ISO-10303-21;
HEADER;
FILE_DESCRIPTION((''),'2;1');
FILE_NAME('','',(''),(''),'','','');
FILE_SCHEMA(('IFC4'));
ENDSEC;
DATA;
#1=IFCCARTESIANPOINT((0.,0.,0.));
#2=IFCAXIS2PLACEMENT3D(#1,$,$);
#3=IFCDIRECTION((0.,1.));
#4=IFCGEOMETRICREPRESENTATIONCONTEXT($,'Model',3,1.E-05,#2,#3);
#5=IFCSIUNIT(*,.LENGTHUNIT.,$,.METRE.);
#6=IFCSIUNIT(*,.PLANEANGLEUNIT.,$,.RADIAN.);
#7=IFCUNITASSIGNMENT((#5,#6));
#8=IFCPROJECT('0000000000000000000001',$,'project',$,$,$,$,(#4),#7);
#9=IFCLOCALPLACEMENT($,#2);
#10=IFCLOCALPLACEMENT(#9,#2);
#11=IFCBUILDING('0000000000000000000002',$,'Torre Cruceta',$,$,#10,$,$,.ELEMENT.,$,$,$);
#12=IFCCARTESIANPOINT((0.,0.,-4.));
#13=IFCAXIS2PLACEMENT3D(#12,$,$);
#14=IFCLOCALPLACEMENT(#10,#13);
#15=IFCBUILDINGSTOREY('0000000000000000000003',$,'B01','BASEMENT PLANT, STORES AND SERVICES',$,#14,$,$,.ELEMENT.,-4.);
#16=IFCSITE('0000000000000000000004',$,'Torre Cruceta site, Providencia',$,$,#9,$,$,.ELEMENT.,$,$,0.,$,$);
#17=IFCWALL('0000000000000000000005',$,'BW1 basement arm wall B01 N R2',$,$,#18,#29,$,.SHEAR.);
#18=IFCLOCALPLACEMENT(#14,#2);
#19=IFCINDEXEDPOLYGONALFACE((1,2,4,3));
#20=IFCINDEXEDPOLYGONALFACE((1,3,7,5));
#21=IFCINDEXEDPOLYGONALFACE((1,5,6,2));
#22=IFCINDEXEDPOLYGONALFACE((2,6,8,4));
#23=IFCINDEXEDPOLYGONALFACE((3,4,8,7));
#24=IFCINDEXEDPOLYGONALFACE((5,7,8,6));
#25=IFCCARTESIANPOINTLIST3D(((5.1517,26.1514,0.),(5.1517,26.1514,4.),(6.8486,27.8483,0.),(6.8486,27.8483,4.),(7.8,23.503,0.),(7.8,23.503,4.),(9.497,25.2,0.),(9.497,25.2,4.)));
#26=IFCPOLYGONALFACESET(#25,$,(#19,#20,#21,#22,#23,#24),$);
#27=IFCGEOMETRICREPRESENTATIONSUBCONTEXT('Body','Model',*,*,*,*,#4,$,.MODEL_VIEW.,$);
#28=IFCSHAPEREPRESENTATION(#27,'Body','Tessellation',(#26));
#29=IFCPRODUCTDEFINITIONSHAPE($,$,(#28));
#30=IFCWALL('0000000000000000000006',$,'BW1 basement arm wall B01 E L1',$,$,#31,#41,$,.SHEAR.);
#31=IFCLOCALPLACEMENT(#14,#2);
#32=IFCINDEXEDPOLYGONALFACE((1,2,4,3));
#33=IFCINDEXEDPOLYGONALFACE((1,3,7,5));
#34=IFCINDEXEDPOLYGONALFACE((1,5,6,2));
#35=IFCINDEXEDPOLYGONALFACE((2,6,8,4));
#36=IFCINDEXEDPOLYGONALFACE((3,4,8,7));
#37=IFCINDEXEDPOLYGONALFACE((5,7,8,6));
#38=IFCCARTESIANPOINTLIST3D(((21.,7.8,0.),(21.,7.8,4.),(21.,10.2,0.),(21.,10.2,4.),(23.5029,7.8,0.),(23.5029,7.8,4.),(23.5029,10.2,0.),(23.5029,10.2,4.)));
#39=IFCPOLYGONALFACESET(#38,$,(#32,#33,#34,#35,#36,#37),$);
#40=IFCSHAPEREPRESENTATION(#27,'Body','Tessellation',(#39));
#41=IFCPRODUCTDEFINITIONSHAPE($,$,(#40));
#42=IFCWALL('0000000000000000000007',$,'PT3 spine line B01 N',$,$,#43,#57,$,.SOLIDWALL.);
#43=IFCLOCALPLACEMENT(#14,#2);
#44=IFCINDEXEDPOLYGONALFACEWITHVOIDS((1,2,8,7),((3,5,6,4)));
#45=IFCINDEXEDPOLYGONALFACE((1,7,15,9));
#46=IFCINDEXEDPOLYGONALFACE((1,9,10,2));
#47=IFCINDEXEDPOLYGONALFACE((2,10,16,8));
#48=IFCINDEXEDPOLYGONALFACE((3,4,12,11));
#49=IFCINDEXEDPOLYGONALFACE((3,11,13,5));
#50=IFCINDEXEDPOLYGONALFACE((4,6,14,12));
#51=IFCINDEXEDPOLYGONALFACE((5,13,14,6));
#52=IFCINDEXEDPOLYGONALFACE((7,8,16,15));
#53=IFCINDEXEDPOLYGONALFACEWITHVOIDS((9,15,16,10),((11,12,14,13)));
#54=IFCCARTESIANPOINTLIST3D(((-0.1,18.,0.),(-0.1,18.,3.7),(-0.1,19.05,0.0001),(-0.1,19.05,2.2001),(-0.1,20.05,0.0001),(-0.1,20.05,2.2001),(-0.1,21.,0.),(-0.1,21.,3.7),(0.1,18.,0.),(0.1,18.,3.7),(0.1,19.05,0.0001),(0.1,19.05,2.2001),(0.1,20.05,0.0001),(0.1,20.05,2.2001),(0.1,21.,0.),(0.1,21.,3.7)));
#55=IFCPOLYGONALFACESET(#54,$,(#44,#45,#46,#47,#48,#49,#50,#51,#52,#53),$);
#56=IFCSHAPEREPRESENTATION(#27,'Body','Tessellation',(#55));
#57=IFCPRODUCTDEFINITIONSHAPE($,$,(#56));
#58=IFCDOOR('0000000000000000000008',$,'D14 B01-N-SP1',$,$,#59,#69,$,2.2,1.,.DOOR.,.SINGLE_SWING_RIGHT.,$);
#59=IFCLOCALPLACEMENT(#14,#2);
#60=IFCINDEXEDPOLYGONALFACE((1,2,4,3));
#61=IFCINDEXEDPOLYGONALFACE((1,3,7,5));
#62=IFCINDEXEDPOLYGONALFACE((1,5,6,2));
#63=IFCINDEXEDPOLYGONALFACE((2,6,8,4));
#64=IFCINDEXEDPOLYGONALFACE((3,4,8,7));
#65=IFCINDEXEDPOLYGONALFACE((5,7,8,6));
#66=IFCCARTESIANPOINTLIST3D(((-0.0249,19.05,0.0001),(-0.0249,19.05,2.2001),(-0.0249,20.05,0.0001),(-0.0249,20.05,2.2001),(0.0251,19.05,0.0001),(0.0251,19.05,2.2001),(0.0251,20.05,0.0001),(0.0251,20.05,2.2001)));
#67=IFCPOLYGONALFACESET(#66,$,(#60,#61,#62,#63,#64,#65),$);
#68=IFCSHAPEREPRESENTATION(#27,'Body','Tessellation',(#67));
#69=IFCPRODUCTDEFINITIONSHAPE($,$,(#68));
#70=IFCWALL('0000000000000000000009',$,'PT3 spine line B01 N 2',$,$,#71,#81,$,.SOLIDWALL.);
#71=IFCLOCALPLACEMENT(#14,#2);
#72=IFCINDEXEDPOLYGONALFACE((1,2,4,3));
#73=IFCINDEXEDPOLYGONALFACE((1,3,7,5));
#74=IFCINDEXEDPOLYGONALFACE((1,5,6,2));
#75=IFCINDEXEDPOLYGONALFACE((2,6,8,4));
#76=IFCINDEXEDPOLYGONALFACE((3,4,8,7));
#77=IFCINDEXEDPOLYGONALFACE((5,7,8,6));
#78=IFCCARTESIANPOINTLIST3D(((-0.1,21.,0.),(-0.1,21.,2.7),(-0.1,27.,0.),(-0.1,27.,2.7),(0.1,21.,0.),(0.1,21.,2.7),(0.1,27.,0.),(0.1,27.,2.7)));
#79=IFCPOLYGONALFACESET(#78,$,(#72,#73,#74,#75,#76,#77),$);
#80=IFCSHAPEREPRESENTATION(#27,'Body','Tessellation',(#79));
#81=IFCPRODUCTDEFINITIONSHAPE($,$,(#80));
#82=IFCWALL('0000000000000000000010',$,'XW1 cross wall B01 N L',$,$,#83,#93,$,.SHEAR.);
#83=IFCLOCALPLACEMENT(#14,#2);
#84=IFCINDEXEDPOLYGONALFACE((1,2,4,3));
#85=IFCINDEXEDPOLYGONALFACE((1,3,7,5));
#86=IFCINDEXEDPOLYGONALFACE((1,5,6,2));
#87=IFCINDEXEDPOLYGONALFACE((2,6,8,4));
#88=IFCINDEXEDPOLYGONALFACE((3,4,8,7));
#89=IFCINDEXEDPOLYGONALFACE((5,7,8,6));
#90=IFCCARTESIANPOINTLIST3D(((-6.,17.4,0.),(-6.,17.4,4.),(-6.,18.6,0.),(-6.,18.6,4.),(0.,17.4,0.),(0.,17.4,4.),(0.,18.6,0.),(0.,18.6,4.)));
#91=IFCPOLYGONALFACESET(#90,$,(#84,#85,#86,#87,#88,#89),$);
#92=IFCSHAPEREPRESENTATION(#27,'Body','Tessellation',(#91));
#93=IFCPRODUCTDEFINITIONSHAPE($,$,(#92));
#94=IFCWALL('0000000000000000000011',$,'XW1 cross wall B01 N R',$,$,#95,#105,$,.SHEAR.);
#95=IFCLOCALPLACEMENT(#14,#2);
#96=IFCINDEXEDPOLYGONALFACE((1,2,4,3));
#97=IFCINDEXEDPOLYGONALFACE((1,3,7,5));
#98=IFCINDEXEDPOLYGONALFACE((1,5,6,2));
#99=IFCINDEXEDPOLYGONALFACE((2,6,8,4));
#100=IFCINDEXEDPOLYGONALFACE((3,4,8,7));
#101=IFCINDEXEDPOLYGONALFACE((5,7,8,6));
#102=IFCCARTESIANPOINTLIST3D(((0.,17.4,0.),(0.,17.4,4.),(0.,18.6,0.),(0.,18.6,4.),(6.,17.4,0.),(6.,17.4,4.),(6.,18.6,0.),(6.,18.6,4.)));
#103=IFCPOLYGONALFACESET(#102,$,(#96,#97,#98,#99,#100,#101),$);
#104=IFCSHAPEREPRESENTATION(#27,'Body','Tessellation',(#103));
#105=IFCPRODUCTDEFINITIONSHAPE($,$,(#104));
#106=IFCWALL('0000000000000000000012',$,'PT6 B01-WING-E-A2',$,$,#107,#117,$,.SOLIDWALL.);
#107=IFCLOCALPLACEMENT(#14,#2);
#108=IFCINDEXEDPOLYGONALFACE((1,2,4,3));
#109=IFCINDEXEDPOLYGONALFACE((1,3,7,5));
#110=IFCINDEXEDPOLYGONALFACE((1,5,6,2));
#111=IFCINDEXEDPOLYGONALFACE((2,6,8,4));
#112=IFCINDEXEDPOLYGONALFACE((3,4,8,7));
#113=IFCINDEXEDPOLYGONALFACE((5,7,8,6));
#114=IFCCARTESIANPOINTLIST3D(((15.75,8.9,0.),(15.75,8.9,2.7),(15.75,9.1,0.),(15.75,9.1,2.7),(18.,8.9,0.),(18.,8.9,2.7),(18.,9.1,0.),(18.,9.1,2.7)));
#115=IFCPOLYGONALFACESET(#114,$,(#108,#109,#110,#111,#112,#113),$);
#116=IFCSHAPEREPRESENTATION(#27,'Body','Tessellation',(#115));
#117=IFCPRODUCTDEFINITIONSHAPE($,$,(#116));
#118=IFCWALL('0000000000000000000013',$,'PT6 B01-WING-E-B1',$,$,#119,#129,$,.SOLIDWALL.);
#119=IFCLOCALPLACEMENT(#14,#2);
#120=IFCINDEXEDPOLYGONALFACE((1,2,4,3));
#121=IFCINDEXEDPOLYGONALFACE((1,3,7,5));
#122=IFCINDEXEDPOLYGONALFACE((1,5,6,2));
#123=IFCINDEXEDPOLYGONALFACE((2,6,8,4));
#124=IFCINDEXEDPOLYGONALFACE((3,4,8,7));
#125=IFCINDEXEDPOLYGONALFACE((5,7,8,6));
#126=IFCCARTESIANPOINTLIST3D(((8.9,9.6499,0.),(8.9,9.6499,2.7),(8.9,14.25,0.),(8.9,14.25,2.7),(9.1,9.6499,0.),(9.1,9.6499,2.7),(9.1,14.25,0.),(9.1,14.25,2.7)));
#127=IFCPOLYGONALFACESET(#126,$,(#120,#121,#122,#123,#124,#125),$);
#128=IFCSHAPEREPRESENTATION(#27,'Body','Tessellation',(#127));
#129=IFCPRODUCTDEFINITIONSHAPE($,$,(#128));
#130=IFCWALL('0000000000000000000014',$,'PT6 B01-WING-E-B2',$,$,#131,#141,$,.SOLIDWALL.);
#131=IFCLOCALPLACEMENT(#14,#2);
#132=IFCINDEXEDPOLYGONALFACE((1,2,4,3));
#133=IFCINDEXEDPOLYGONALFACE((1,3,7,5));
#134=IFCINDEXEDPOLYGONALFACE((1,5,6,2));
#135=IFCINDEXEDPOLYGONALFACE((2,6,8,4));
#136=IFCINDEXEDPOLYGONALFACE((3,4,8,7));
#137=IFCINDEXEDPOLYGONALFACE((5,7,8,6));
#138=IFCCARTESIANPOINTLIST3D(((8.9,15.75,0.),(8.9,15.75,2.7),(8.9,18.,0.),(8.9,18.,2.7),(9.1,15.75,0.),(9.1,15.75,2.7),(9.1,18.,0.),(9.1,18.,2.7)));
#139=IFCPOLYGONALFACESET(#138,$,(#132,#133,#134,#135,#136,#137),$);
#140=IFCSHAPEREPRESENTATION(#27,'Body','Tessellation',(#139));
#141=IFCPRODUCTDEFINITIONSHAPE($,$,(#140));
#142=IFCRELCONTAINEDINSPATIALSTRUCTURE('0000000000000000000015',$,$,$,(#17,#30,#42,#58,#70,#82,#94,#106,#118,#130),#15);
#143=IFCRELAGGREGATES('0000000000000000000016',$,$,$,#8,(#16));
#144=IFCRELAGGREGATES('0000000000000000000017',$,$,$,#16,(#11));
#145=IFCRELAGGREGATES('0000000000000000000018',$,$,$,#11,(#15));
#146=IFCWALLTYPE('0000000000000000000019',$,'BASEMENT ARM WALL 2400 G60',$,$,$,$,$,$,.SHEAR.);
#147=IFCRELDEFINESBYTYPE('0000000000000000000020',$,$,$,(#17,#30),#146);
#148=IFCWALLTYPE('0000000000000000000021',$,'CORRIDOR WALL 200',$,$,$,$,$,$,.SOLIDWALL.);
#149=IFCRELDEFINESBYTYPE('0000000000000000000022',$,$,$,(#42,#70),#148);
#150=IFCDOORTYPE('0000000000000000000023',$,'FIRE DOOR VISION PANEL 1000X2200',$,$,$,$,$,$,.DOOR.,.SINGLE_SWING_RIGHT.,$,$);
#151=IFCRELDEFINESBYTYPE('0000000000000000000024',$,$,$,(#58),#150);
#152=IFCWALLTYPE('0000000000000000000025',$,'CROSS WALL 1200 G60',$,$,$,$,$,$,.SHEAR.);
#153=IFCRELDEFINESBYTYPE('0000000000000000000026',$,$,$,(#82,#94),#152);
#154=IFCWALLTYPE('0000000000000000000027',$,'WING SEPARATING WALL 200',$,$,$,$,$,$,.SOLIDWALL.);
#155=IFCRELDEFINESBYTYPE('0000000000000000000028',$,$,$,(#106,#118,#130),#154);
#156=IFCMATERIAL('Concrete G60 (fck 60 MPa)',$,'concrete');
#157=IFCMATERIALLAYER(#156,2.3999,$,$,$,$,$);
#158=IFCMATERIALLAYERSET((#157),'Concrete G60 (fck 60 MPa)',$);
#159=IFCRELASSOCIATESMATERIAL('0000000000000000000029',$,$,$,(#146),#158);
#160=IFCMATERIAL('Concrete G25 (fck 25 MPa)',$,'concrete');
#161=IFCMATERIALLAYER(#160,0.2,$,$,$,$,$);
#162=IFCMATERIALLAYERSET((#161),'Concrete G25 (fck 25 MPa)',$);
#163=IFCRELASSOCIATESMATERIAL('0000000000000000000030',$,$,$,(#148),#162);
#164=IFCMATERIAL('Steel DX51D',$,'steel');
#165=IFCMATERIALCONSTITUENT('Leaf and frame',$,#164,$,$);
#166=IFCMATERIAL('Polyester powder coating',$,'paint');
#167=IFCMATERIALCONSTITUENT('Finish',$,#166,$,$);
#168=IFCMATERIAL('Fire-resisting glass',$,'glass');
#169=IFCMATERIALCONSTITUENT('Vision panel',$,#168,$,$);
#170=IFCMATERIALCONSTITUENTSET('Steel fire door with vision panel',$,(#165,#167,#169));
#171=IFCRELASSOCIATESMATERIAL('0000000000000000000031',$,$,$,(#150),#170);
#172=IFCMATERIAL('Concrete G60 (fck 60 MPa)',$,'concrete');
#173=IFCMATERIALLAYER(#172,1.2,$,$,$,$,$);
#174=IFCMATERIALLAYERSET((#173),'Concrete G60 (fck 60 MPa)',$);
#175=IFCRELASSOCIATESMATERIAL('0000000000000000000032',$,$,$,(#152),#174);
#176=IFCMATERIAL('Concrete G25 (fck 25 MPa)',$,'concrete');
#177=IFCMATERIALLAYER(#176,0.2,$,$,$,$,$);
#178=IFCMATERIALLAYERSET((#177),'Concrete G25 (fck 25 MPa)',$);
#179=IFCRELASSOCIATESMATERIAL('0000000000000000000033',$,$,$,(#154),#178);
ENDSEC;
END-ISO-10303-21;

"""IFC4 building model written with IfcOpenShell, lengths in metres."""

from ifc_helpers import new_model, si_unit, direction, frame, frame_2d, origin, place, context, subcontext, project, spatial, rectangle, extrude, material, layer, layer_set, constituent, constituent_set, type_object, element, fill, save


model = new_model("IFC4")

# Units and contexts
model_context = context("Model", 3, precision=1e-05, world=origin(), true_north=direction((0.0, 1.0)))
body_context = subcontext(model_context, "Body", "Model", "MODEL_VIEW")
ifc_project = project(units=[si_unit("LENGTHUNIT", "METRE"), si_unit("PLANEANGLEUNIT", "RADIAN")], contexts=[model_context])

# Site, building, storey
site_placement = place(None, origin())
site = spatial("IfcSite", under=ifc_project, at=site_placement, Name="Torre Cruceta site, Providencia", CompositionType="ELEMENT", RefElevation=0.0)
building_placement = place(site_placement, origin())
building = spatial("IfcBuilding", under=site, at=building_placement, Name="Torre Cruceta", CompositionType="ELEMENT")
storey_placement = place(building_placement, frame((0.0, 0.0, -4.0)))
storey = spatial("IfcBuildingStorey", under=building, at=storey_placement, Name="B01", Description="BASEMENT PLANT, STORES AND SERVICES", CompositionType="ELEMENT", Elevation=-4.0)

# Walls
ifc_material_1 = material(Name="Concrete G60 (fck 60 MPa)", Category="concrete")
ifc_layer_1 = layer(ifc_material_1, 2.3999)
ifc_layer_set_1 = layer_set([ifc_layer_1], Name="Concrete G60 (fck 60 MPa)")
wall_type_1 = type_object("IfcWallType", Name="BASEMENT ARM WALL 2400 G60", PredefinedType="SHEAR", material=ifc_layer_set_1)
wall_1_placement = place(storey_placement, frame((8.6484, 24.3516, 0.0), z_axis=(0.0, 0.0, 1.0), x_axis=(-0.707107, 0.707107, 0.0)))
element("IfcWall", 1, at=wall_1_placement, inside=storey, type_object=wall_type_1, Name="BW1 basement arm wall B01 N R2", PredefinedType="SHEAR", context=body_context, shape_type="SweptSolid", body=[
    extrude(rectangle(XDim=3.7454, YDim=2.3999, at=frame_2d((1.8726, 0.0))), origin(), (0.0, 0.0, 1.0), 4.0),
])
wall_2_placement = place(storey_placement, frame((21.0, 9.0, 0.0), z_axis=(0.0, 0.0, 1.0), x_axis=(1.0, 0.0, 0.0)))
element("IfcWall", 2, at=wall_2_placement, inside=storey, type_object=wall_type_1, Name="BW1 basement arm wall B01 E L1", PredefinedType="SHEAR", context=body_context, shape_type="SweptSolid", body=[
    extrude(rectangle(XDim=2.5029, YDim=2.3999, at=frame_2d((1.2515, 0.0))), origin(), (0.0, 0.0, 1.0), 4.0),
])

# Wall, opening, door
ifc_material_2 = material(Name="Concrete G25 (fck 25 MPa)", Category="concrete")
ifc_layer_2 = layer(ifc_material_2, 0.2)
ifc_layer_set_2 = layer_set([ifc_layer_2], Name="Concrete G25 (fck 25 MPa)")
wall_type_2 = type_object("IfcWallType", Name="CORRIDOR WALL 200", PredefinedType="SOLIDWALL", material=ifc_layer_set_2)
wall_3_placement = place(storey_placement, frame((0.0, 18.0, 0.0), z_axis=(0.0, 0.0, 1.0), x_axis=(0.0, 1.0, 0.0)))
wall_3 = element("IfcWall", 3, at=wall_3_placement, inside=storey, type_object=wall_type_2, Name="PT3 spine line B01 N", PredefinedType="SOLIDWALL", context=body_context, shape_type="SweptSolid", body=[
    extrude(rectangle(XDim=3.0, YDim=0.2, at=frame_2d((1.5, 0.0))), origin(), (0.0, 0.0, 1.0), 3.7),
])
opening_placement = place(wall_3_placement, frame((1.05, 0.0, 0.0)))
opening = element("IfcOpeningElement", 4, at=opening_placement, cuts=wall_3, PredefinedType="OPENING", context=body_context, shape_type="SweptSolid", body=[
    extrude(rectangle(XDim=1.0, YDim=2.2, at=frame_2d((0.5, 1.1001))), frame((0.0, 0.1099, 0.0), z_axis=(0.0, -1.0, 0.0), x_axis=(1.0, 0.0, 0.0)), (0.0, 0.0, 1.0), 0.22),
])
ifc_material_3 = material(Name="Steel DX51D", Category="steel")
ifc_constituent_1 = constituent(ifc_material_3, Name="Leaf and frame")
ifc_material_4 = material(Name="Polyester powder coating", Category="paint")
ifc_constituent_2 = constituent(ifc_material_4, Name="Finish")
ifc_material_5 = material(Name="Fire-resisting glass", Category="glass")
ifc_constituent_3 = constituent(ifc_material_5, Name="Vision panel")
ifc_constituent_set = constituent_set(constituents=[ifc_constituent_1, ifc_constituent_2, ifc_constituent_3], Name="Steel fire door with vision panel")
door_type = type_object("IfcDoorType", Name="FIRE DOOR VISION PANEL 1000X2200", OperationType="SINGLE_SWING_RIGHT", PredefinedType="DOOR", material=ifc_constituent_set)
door_placement = place(opening_placement, frame((1.0, 0.0, 0.0), z_axis=(0.0, 0.0, 1.0), x_axis=(-1.0, 0.0, 0.0)))
door = element("IfcDoor", 5, at=door_placement, inside=storey, type_object=door_type, Name="D14 B01-N-SP1", OperationType="SINGLE_SWING_RIGHT", OverallHeight=2.2, OverallWidth=1.0, PredefinedType="DOOR", context=body_context, shape_type="SweptSolid", body=[
    extrude(rectangle(XDim=1.0, YDim=2.2, at=frame_2d((0.5, 1.1001))), frame((0.0, 0.0251, 0.0), z_axis=(0.0, -1.0, 0.0), x_axis=(1.0, 0.0, 0.0)), (0.0, 0.0, 1.0), 0.05),
])
fill(opening, door)

# Walls
wall_4_placement = place(storey_placement, frame((0.0, 21.0, 0.0), z_axis=(0.0, 0.0, 1.0), x_axis=(0.0, 1.0, 0.0)))
element("IfcWall", 6, at=wall_4_placement, inside=storey, type_object=wall_type_2, Name="PT3 spine line B01 N 2", PredefinedType="SOLIDWALL", context=body_context, shape_type="SweptSolid", body=[
    extrude(rectangle(XDim=6.0, YDim=0.2, at=frame_2d((3.0, 0.0))), origin(), (0.0, 0.0, 1.0), 2.7),
])
ifc_material_6 = material(Name="Concrete G60 (fck 60 MPa)", Category="concrete")
ifc_layer_3 = layer(ifc_material_6, 1.2)
ifc_layer_set_3 = layer_set([ifc_layer_3], Name="Concrete G60 (fck 60 MPa)")
wall_type_3 = type_object("IfcWallType", Name="CROSS WALL 1200 G60", PredefinedType="SHEAR", material=ifc_layer_set_3)
for number, where, z_axis, x_axis, name in (
    (7, (0.0, 18.0, 0.0), (0.0, 0.0, 1.0), (-1.0, 0.0, 0.0), "XW1 cross wall B01 N L"),
    (8, (0.0, 18.0, 0.0), (0.0, 0.0, 1.0), (1.0, 0.0, 0.0), "XW1 cross wall B01 N R"),
):
    element("IfcWall", number, at=place(storey_placement, frame(where, z_axis=z_axis, x_axis=x_axis)), inside=storey, type_object=wall_type_3, Name=name, PredefinedType="SHEAR", context=body_context, shape_type="SweptSolid", body=[
        extrude(rectangle(XDim=6.0, YDim=1.2, at=frame_2d((3.0, 0.0))), origin(), (0.0, 0.0, 1.0), 4.0),
    ])
ifc_material_7 = material(Name="Concrete G25 (fck 25 MPa)", Category="concrete")
ifc_layer_4 = layer(ifc_material_7, 0.2)
ifc_layer_set_4 = layer_set([ifc_layer_4], Name="Concrete G25 (fck 25 MPa)")
wall_type_4 = type_object("IfcWallType", Name="WING SEPARATING WALL 200", PredefinedType="SOLIDWALL", material=ifc_layer_set_4)
wall_5_placement = place(storey_placement, frame((15.75, 9.0, 0.0), z_axis=(0.0, 0.0, 1.0), x_axis=(1.0, 0.0, 0.0)))
element("IfcWall", 9, at=wall_5_placement, inside=storey, type_object=wall_type_4, Name="PT6 B01-WING-E-A2", PredefinedType="SOLIDWALL", context=body_context, shape_type="SweptSolid", body=[
    extrude(rectangle(XDim=2.25, YDim=0.2, at=frame_2d((1.125, 0.0))), origin(), (0.0, 0.0, 1.0), 2.7),
])
wall_6_placement = place(storey_placement, frame((9.0, 14.25, 0.0), z_axis=(0.0, 0.0, 1.0), x_axis=(0.0, -1.0, 0.0)))
element("IfcWall", 10, at=wall_6_placement, inside=storey, type_object=wall_type_4, Name="PT6 B01-WING-E-B1", PredefinedType="SOLIDWALL", context=body_context, shape_type="SweptSolid", body=[
    extrude(rectangle(XDim=4.6001, YDim=0.2, at=frame_2d((2.3, 0.0))), origin(), (0.0, 0.0, 1.0), 2.7),
])
wall_7_placement = place(storey_placement, frame((9.0, 18.0, 0.0), z_axis=(0.0, 0.0, 1.0), x_axis=(0.0, -1.0, 0.0)))
element("IfcWall", 11, at=wall_7_placement, inside=storey, type_object=wall_type_4, Name="PT6 B01-WING-E-B2", PredefinedType="SOLIDWALL", context=body_context, shape_type="SweptSolid", body=[
    extrude(rectangle(XDim=2.25, YDim=0.2, at=frame_2d((1.125, 0.0))), origin(), (0.0, 0.0, 1.0), 2.7),
])

save(model, "model.ifc")
